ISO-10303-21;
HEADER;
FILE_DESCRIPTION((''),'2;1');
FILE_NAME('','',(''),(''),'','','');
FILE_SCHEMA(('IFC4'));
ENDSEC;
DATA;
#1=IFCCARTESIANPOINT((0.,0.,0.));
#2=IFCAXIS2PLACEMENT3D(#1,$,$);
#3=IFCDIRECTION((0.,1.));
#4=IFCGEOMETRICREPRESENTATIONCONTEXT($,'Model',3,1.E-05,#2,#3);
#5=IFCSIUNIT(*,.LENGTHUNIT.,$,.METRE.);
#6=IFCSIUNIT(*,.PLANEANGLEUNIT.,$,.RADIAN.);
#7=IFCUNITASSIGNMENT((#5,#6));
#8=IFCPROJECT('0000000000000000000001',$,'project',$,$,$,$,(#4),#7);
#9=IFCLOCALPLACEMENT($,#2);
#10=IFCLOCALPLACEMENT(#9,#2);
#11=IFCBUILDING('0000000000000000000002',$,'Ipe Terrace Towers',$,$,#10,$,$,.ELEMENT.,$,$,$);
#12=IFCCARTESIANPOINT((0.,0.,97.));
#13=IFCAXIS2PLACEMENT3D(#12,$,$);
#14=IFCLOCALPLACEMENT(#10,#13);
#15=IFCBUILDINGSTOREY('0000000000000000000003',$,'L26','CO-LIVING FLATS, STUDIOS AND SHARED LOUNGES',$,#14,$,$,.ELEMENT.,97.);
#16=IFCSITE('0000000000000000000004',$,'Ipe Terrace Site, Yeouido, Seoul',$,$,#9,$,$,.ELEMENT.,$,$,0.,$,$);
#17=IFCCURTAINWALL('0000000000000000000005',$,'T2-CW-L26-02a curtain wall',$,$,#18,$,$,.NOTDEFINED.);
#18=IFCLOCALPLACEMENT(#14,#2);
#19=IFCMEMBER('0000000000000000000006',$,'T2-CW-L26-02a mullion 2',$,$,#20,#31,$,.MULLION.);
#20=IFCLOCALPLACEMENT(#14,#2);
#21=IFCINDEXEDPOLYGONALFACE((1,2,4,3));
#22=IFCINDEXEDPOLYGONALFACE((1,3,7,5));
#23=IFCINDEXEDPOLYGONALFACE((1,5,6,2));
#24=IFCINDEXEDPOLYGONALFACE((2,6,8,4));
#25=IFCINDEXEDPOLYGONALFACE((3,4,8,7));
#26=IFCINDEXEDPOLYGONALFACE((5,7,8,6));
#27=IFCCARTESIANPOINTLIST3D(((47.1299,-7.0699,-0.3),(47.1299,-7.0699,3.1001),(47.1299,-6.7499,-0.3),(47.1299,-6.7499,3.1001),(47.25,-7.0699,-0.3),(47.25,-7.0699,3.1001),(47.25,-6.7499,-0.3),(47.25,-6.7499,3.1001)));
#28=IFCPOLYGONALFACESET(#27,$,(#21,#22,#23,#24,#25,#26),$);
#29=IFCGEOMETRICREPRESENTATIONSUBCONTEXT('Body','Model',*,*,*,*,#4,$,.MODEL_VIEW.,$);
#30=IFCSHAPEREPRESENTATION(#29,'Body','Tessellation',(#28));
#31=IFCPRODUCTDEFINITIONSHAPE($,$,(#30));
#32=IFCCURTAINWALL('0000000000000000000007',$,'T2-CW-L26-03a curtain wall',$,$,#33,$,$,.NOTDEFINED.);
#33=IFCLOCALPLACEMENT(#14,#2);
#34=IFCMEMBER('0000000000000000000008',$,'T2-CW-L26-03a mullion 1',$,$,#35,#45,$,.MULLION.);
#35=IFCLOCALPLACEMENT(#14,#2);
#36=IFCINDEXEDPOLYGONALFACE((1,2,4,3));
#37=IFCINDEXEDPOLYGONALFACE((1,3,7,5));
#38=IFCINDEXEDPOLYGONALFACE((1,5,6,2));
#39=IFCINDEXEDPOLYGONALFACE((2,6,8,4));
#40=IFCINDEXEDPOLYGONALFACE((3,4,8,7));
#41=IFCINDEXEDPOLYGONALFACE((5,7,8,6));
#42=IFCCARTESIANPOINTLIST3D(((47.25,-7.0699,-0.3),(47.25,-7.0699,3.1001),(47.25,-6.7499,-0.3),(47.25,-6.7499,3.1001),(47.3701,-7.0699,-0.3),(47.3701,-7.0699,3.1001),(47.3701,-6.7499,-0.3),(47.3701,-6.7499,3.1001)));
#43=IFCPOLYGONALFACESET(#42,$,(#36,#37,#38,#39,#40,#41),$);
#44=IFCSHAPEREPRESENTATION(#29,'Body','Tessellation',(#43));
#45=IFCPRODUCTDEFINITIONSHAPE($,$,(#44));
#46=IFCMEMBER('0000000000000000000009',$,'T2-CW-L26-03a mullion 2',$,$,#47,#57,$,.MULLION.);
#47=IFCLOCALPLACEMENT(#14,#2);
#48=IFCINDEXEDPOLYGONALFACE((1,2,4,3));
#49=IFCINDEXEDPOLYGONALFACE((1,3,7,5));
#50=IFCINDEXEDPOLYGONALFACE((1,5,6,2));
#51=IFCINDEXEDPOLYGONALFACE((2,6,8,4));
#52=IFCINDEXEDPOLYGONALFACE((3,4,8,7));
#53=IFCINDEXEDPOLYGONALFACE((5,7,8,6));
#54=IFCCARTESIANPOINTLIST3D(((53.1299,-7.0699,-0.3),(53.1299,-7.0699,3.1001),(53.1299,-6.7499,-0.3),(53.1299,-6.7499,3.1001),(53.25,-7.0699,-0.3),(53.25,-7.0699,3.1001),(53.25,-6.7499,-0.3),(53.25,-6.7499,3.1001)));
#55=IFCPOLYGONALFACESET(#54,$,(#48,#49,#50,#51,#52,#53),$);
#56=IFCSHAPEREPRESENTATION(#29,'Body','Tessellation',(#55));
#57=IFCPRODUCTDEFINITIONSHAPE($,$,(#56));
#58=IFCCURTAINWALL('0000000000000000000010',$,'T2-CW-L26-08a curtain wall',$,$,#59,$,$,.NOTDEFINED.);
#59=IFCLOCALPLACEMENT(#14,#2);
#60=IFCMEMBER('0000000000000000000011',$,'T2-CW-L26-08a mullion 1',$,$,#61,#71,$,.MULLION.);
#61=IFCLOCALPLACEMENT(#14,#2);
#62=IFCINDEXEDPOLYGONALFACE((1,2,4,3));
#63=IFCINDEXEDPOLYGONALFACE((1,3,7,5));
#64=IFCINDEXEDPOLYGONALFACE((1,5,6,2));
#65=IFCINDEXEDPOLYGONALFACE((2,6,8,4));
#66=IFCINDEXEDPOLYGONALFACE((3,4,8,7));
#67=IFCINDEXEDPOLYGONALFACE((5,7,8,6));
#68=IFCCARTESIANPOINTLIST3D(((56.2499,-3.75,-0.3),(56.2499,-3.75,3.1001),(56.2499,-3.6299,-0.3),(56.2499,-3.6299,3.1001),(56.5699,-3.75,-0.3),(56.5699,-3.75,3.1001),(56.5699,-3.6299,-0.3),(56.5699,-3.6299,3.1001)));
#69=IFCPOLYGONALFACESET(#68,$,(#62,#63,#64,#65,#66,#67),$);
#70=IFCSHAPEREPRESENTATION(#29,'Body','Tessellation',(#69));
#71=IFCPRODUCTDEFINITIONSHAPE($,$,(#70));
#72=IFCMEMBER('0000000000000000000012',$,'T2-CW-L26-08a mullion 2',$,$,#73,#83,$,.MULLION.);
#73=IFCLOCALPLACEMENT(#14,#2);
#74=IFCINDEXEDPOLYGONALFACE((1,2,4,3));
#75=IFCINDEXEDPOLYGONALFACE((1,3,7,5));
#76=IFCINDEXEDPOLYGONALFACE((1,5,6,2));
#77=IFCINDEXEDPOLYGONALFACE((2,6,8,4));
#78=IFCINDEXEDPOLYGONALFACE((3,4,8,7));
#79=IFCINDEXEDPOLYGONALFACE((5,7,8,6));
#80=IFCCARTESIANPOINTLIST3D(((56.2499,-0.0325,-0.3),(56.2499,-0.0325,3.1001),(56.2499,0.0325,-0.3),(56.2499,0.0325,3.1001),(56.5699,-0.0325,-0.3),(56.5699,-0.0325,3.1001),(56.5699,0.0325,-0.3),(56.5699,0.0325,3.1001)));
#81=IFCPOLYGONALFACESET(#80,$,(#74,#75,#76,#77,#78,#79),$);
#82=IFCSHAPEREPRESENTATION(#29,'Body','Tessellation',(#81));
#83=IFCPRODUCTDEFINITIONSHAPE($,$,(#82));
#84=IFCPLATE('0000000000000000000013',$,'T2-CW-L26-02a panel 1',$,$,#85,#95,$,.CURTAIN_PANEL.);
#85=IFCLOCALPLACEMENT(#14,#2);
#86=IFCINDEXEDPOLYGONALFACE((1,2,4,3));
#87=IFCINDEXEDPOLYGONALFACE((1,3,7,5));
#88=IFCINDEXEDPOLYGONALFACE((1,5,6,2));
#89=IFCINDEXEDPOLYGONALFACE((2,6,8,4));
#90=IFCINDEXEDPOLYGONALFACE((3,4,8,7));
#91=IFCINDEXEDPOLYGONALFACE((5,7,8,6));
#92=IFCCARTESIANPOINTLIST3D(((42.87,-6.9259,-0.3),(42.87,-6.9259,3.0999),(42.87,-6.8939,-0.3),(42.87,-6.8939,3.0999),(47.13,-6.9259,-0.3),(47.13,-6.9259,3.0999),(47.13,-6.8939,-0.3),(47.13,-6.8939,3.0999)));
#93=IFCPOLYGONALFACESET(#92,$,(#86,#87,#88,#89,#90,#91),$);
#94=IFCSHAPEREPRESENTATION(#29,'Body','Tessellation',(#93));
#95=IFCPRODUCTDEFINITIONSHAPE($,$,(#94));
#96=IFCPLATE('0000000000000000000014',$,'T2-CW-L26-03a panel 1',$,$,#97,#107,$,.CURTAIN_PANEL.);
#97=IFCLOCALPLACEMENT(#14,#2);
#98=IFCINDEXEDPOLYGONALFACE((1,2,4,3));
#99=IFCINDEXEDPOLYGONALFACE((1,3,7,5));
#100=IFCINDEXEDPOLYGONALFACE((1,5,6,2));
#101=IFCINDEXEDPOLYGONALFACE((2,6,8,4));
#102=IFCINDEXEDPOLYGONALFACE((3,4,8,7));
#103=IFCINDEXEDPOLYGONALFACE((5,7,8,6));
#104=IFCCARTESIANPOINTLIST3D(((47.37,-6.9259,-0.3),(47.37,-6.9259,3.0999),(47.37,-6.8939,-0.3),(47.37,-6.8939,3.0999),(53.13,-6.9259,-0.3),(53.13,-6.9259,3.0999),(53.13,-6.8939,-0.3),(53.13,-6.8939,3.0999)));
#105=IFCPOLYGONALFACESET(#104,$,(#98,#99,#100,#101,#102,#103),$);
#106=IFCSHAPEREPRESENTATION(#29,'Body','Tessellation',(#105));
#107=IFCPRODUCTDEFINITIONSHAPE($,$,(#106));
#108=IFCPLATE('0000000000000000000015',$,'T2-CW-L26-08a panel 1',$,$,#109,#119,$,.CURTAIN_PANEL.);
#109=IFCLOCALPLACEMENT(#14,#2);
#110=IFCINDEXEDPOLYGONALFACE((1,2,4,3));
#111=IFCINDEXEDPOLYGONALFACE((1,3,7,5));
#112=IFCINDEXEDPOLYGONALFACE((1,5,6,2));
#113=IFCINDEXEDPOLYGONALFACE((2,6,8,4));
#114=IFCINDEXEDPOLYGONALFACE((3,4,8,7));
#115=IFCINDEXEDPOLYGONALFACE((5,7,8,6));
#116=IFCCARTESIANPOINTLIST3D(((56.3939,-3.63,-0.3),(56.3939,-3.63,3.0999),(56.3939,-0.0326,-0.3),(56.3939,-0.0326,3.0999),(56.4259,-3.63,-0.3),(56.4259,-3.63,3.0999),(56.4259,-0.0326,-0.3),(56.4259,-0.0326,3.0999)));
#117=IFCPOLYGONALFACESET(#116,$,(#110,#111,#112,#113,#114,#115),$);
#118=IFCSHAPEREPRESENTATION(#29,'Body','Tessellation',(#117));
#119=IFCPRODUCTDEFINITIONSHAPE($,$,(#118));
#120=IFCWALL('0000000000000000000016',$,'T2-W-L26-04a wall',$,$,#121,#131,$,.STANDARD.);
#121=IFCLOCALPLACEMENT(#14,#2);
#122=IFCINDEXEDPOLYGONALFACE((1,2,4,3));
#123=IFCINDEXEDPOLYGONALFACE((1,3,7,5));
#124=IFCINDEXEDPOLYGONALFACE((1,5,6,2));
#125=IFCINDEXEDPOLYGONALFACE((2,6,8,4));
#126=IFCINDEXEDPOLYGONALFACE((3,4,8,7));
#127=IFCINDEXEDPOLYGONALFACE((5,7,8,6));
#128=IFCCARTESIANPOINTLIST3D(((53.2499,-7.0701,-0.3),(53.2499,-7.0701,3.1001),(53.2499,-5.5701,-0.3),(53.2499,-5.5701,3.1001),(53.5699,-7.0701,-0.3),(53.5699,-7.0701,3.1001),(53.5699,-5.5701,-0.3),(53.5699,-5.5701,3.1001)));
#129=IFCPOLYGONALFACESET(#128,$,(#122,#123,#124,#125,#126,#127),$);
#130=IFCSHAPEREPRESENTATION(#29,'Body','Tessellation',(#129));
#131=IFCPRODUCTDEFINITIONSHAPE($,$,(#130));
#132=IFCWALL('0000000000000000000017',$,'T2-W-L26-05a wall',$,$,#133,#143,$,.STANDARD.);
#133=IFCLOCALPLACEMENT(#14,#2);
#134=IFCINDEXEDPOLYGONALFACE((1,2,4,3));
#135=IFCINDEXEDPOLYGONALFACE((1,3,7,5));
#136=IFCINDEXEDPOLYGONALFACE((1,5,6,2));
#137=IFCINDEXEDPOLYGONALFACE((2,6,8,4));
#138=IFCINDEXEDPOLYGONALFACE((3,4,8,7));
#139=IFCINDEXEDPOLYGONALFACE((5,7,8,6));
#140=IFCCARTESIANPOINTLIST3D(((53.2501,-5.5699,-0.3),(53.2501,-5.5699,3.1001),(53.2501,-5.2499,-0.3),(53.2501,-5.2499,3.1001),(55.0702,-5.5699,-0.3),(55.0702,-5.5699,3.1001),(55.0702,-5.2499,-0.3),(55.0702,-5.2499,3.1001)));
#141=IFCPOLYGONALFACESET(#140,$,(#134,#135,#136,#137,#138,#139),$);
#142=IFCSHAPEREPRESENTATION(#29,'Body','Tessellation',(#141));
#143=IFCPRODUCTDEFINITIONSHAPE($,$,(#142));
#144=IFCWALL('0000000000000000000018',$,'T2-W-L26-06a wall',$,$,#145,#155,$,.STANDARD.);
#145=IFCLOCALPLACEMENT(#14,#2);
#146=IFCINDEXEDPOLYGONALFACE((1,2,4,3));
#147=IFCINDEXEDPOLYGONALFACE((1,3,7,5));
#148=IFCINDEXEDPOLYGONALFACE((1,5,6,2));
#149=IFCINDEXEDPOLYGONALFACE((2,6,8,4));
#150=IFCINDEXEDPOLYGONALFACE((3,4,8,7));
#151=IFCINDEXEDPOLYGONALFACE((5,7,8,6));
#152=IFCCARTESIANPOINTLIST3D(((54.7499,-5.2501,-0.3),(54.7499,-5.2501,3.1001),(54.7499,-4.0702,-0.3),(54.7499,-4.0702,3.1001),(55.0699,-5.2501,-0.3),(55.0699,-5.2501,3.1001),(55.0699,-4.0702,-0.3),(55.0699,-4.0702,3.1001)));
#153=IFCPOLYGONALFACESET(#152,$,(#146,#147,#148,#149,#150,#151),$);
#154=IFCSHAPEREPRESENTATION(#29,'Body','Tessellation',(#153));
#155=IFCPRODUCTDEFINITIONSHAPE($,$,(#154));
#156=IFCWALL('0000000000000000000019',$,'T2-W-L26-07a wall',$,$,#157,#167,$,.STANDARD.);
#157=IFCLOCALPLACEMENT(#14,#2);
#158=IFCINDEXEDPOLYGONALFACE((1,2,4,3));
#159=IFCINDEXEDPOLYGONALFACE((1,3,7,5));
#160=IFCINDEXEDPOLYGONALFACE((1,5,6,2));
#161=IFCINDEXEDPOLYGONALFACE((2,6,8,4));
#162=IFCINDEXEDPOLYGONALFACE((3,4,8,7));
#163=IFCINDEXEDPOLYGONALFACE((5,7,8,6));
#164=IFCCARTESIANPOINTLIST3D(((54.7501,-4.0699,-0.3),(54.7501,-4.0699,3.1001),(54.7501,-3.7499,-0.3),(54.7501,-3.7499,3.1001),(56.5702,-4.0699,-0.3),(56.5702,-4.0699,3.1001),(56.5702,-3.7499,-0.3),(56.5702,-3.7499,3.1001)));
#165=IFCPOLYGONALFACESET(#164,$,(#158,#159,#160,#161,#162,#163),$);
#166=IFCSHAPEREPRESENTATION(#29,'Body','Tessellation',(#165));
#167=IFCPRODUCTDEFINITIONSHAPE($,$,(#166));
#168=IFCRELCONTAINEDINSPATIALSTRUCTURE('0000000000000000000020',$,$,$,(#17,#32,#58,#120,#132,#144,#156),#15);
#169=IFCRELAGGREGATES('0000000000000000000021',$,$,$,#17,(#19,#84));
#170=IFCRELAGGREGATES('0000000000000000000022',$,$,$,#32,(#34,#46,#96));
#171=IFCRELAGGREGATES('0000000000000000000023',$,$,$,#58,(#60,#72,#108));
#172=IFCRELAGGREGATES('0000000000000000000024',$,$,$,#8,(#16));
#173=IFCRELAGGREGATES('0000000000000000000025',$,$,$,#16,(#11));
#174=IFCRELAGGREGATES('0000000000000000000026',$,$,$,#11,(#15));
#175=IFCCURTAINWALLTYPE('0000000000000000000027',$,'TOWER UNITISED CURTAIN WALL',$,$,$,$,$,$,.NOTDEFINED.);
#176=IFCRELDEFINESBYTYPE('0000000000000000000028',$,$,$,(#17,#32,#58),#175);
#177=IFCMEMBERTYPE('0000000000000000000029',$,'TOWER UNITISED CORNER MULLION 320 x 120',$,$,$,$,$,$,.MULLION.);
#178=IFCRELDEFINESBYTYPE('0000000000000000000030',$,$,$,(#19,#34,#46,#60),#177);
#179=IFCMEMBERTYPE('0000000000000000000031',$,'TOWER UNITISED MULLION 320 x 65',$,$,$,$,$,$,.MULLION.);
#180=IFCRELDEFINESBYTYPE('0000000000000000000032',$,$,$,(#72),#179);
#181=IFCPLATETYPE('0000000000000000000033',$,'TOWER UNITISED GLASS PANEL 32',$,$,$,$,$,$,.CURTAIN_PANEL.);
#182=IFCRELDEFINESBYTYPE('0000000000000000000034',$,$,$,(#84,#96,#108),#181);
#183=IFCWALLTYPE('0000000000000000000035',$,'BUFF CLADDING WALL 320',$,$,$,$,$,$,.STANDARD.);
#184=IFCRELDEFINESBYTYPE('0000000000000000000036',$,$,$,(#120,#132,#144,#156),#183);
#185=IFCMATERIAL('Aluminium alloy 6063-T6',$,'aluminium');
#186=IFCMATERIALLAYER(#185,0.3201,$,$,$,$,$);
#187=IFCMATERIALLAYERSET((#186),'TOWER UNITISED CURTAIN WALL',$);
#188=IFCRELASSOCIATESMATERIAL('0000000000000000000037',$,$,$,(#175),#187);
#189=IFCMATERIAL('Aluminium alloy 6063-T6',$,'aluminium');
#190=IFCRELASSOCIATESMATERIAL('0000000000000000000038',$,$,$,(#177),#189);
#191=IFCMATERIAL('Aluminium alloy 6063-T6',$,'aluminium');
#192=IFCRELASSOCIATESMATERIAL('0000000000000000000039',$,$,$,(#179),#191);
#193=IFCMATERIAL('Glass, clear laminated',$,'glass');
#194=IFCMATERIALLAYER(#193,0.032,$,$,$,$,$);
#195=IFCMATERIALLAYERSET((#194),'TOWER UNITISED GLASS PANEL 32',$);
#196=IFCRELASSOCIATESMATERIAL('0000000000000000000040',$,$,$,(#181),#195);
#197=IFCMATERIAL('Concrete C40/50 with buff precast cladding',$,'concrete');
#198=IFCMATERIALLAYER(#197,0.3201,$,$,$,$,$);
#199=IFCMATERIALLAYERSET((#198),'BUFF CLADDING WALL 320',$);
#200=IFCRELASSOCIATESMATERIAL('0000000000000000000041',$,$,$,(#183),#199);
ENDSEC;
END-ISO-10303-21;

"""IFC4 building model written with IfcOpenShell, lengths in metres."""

from ifc_helpers import new_model, si_unit, direction, frame, frame_2d, origin, origin_2d, place, context, subcontext, project, spatial, rectangle, extrude, material, layer, layer_set, material_profile, profile_set, type_object, element, aggregate, save


model = new_model("IFC4")

# Units and contexts
model_context = context("Model", 3, precision=1e-05, world=origin(), true_north=direction((0.0, 1.0)))
body_context = subcontext(model_context, "Body", "Model", "MODEL_VIEW")
ifc_project = project(units=[si_unit("LENGTHUNIT", "METRE"), si_unit("PLANEANGLEUNIT", "RADIAN")], contexts=[model_context])

# Site, building, storey
site_placement = place(None, origin())
site = spatial("IfcSite", under=ifc_project, at=site_placement, Name="Ipe Terrace Site, Yeouido, Seoul", CompositionType="ELEMENT", RefElevation=0.0)
building_placement = place(site_placement, origin())
building = spatial("IfcBuilding", under=site, at=building_placement, Name="Ipe Terrace Towers", CompositionType="ELEMENT")
storey_placement = place(building_placement, frame((0.0, 0.0, 97.0)))
storey = spatial("IfcBuildingStorey", under=building, at=storey_placement, Name="L26", Description="CO-LIVING FLATS, STUDIOS AND SHARED LOUNGES", CompositionType="ELEMENT", Elevation=97.0)

# Curtain walls, members
ifc_material_1 = material(Name="Aluminium alloy 6063-T6", Category="aluminium")
ifc_layer_1 = layer(ifc_material_1, 0.3201)
ifc_layer_set_1 = layer_set([ifc_layer_1], Name="TOWER UNITISED CURTAIN WALL")
curtain_wall_type = type_object("IfcCurtainWallType", Name="TOWER UNITISED CURTAIN WALL", PredefinedType="NOTDEFINED", material=ifc_layer_set_1)
curtain_wall_1_placement = place(storey_placement, origin())
curtain_wall_1 = element("IfcCurtainWall", 1, at=curtain_wall_1_placement, inside=storey, type_object=curtain_wall_type, Name="T2-CW-L26-02a curtain wall", PredefinedType="NOTDEFINED")
ifc_material_2 = material(Name="Aluminium alloy 6063-T6", Category="aluminium")
ifc_material_profile_1 = material_profile(ifc_material_2, rectangle(XDim=0.3201, YDim=0.1201, at=origin_2d()), Name="TOWER UNITISED CORNER MULLION 320 x 120")
ifc_profile_set_1 = profile_set([ifc_material_profile_1], Name="Aluminium alloy 6063-T6")
member_type_1 = type_object("IfcMemberType", Name="TOWER UNITISED CORNER MULLION 320 x 120", PredefinedType="MULLION", material=ifc_profile_set_1)
member_1_placement = place(storey_placement, frame((47.1899, -6.9099, -0.3), z_axis=(0.0, 0.0, 1.0), x_axis=(0.0, -1.0, 0.0)))
member_1 = element("IfcMember", 2, at=member_1_placement, type_object=member_type_1, Name="T2-CW-L26-02a mullion 2", PredefinedType="MULLION", context=body_context, shape_type="SweptSolid", body=[
    extrude(rectangle(XDim=0.3201, YDim=0.1201, at=origin_2d()), origin(), (0.0, 0.0, 1.0), 3.4001),
])
curtain_wall_2_placement = place(storey_placement, origin())
curtain_wall_2 = element("IfcCurtainWall", 3, at=curtain_wall_2_placement, inside=storey, type_object=curtain_wall_type, Name="T2-CW-L26-03a curtain wall", PredefinedType="NOTDEFINED")
member_2_placement = place(storey_placement, frame((47.3101, -6.9099, -0.3), z_axis=(0.0, 0.0, 1.0), x_axis=(0.0, -1.0, 0.0)))
member_2 = element("IfcMember", 4, at=member_2_placement, type_object=member_type_1, Name="T2-CW-L26-03a mullion 1", PredefinedType="MULLION", context=body_context, shape_type="SweptSolid", body=[
    extrude(rectangle(XDim=0.3201, YDim=0.1201, at=origin_2d()), origin(), (0.0, 0.0, 1.0), 3.4001),
])
member_3_placement = place(storey_placement, frame((53.1899, -6.9099, -0.3), z_axis=(0.0, 0.0, 1.0), x_axis=(0.0, -1.0, 0.0)))
member_3 = element("IfcMember", 5, at=member_3_placement, type_object=member_type_1, Name="T2-CW-L26-03a mullion 2", PredefinedType="MULLION", context=body_context, shape_type="SweptSolid", body=[
    extrude(rectangle(XDim=0.3201, YDim=0.1201, at=origin_2d()), origin(), (0.0, 0.0, 1.0), 3.4001),
])
curtain_wall_3_placement = place(storey_placement, origin())
curtain_wall_3 = element("IfcCurtainWall", 6, at=curtain_wall_3_placement, inside=storey, type_object=curtain_wall_type, Name="T2-CW-L26-08a curtain wall", PredefinedType="NOTDEFINED")
member_4_placement = place(storey_placement, frame((56.4099, -3.6899, -0.3), z_axis=(0.0, 0.0, 1.0), x_axis=(1.0, 0.0, 0.0)))
member_4 = element("IfcMember", 7, at=member_4_placement, type_object=member_type_1, Name="T2-CW-L26-08a mullion 1", PredefinedType="MULLION", context=body_context, shape_type="SweptSolid", body=[
    extrude(rectangle(XDim=0.3201, YDim=0.1201, at=origin_2d()), origin(), (0.0, 0.0, 1.0), 3.4001),
])
ifc_material_3 = material(Name="Aluminium alloy 6063-T6", Category="aluminium")
ifc_material_profile_2 = material_profile(ifc_material_3, rectangle(XDim=0.3201, YDim=0.0649, at=origin_2d()), Name="TOWER UNITISED MULLION 320 x 65")
ifc_profile_set_2 = profile_set([ifc_material_profile_2], Name="Aluminium alloy 6063-T6")
member_type_2 = type_object("IfcMemberType", Name="TOWER UNITISED MULLION 320 x 65", PredefinedType="MULLION", material=ifc_profile_set_2)
member_5_placement = place(storey_placement, frame((56.4099, 0.0, -0.3), z_axis=(0.0, 0.0, 1.0), x_axis=(1.0, 0.0, 0.0)))
member_5 = element("IfcMember", 8, at=member_5_placement, type_object=member_type_2, Name="T2-CW-L26-08a mullion 2", PredefinedType="MULLION", context=body_context, shape_type="SweptSolid", body=[
    extrude(rectangle(XDim=0.3201, YDim=0.0649, at=origin_2d()), origin(), (0.0, 0.0, 1.0), 3.4001),
])

# Plates
ifc_material_4 = material(Name="Glass, clear laminated", Category="glass")
ifc_layer_2 = layer(ifc_material_4, 0.032)
ifc_layer_set_2 = layer_set([ifc_layer_2], Name="TOWER UNITISED GLASS PANEL 32")
plate_type = type_object("IfcPlateType", Name="TOWER UNITISED GLASS PANEL 32", PredefinedType="CURTAIN_PANEL", material=ifc_layer_set_2)
plate_1_placement = place(storey_placement, frame((45.0, -6.9099, -0.3), z_axis=(0.0, 0.0, 1.0), x_axis=(1.0, 0.0, 0.0)))
plate_1 = element("IfcPlate", 9, at=plate_1_placement, type_object=plate_type, Name="T2-CW-L26-02a panel 1", PredefinedType="CURTAIN_PANEL", context=body_context, shape_type="SweptSolid", body=[
    extrude(rectangle(XDim=4.26, YDim=0.032, at=origin_2d()), origin(), (0.0, 0.0, 1.0), 3.3999),
])
aggregate(curtain_wall_1, [member_1, plate_1])
plate_2_placement = place(storey_placement, frame((50.25, -6.9099, -0.3), z_axis=(0.0, 0.0, 1.0), x_axis=(1.0, 0.0, 0.0)))
plate_2 = element("IfcPlate", 10, at=plate_2_placement, type_object=plate_type, Name="T2-CW-L26-03a panel 1", PredefinedType="CURTAIN_PANEL", context=body_context, shape_type="SweptSolid", body=[
    extrude(rectangle(XDim=5.76, YDim=0.032, at=origin_2d()), origin(), (0.0, 0.0, 1.0), 3.3999),
])
aggregate(curtain_wall_2, [member_2, member_3, plate_2])
plate_3_placement = place(storey_placement, frame((56.4099, -1.8313, -0.3), z_axis=(0.0, 0.0, 1.0), x_axis=(0.0, 1.0, 0.0)))
plate_3 = element("IfcPlate", 11, at=plate_3_placement, type_object=plate_type, Name="T2-CW-L26-08a panel 1", PredefinedType="CURTAIN_PANEL", context=body_context, shape_type="SweptSolid", body=[
    extrude(rectangle(XDim=3.5974, YDim=0.032, at=origin_2d()), origin(), (0.0, 0.0, 1.0), 3.3999),
])
aggregate(curtain_wall_3, [member_4, member_5, plate_3])

# Walls
ifc_material_5 = material(Name="Concrete C40/50 with buff precast cladding", Category="concrete")
ifc_layer_3 = layer(ifc_material_5, 0.3201)
ifc_layer_set_3 = layer_set([ifc_layer_3], Name="BUFF CLADDING WALL 320")
wall_type_1 = type_object("IfcWallType", Name="BUFF CLADDING WALL 320", PredefinedType="STANDARD", material=ifc_layer_set_3)
wall_1_placement = place(storey_placement, frame((53.4099, -7.0701, -0.3), z_axis=(0.0, 0.0, 1.0), x_axis=(0.0, 1.0, 0.0)))
element("IfcWall", 12, at=wall_1_placement, inside=storey, type_object=wall_type_1, Name="T2-W-L26-04a wall", PredefinedType="STANDARD", context=body_context, shape_type="SweptSolid", body=[
    extrude(rectangle(XDim=1.5, YDim=0.3201, at=frame_2d((0.75, 0.0))), origin(), (0.0, 0.0, 1.0), 3.4001),
])
wall_2_placement = place(storey_placement, frame((53.25, -5.4099, -0.3), z_axis=(0.0, 0.0, 1.0), x_axis=(1.0, 0.0, 0.0)))
element("IfcWall", 13, at=wall_2_placement, inside=storey, type_object=wall_type_1, Name="T2-W-L26-05a wall", PredefinedType="STANDARD", context=body_context, shape_type="SweptSolid", body=[
    extrude(rectangle(XDim=1.8201, YDim=0.3201, at=frame_2d((0.9102, 0.0))), origin(), (0.0, 0.0, 1.0), 3.4001),
])
wall_3_placement = place(storey_placement, frame((54.9099, -5.25, -0.3), z_axis=(0.0, 0.0, 1.0), x_axis=(0.0, 1.0, 0.0)))
element("IfcWall", 14, at=wall_3_placement, inside=storey, type_object=wall_type_1, Name="T2-W-L26-06a wall", PredefinedType="STANDARD", context=body_context, shape_type="SweptSolid", body=[
    extrude(rectangle(XDim=1.1799, YDim=0.3201, at=frame_2d((0.5898, 0.0))), origin(), (0.0, 0.0, 1.0), 3.4001),
])
wall_4_placement = place(storey_placement, frame((54.75, -3.9099, -0.3), z_axis=(0.0, 0.0, 1.0), x_axis=(1.0, 0.0, 0.0)))
element("IfcWall", 15, at=wall_4_placement, inside=storey, type_object=wall_type_1, Name="T2-W-L26-07a wall", PredefinedType="STANDARD", context=body_context, shape_type="SweptSolid", body=[
    extrude(rectangle(XDim=1.8201, YDim=0.3201, at=frame_2d((0.9102, 0.0))), origin(), (0.0, 0.0, 1.0), 3.4001),
])

save(model, "model.ifc")
